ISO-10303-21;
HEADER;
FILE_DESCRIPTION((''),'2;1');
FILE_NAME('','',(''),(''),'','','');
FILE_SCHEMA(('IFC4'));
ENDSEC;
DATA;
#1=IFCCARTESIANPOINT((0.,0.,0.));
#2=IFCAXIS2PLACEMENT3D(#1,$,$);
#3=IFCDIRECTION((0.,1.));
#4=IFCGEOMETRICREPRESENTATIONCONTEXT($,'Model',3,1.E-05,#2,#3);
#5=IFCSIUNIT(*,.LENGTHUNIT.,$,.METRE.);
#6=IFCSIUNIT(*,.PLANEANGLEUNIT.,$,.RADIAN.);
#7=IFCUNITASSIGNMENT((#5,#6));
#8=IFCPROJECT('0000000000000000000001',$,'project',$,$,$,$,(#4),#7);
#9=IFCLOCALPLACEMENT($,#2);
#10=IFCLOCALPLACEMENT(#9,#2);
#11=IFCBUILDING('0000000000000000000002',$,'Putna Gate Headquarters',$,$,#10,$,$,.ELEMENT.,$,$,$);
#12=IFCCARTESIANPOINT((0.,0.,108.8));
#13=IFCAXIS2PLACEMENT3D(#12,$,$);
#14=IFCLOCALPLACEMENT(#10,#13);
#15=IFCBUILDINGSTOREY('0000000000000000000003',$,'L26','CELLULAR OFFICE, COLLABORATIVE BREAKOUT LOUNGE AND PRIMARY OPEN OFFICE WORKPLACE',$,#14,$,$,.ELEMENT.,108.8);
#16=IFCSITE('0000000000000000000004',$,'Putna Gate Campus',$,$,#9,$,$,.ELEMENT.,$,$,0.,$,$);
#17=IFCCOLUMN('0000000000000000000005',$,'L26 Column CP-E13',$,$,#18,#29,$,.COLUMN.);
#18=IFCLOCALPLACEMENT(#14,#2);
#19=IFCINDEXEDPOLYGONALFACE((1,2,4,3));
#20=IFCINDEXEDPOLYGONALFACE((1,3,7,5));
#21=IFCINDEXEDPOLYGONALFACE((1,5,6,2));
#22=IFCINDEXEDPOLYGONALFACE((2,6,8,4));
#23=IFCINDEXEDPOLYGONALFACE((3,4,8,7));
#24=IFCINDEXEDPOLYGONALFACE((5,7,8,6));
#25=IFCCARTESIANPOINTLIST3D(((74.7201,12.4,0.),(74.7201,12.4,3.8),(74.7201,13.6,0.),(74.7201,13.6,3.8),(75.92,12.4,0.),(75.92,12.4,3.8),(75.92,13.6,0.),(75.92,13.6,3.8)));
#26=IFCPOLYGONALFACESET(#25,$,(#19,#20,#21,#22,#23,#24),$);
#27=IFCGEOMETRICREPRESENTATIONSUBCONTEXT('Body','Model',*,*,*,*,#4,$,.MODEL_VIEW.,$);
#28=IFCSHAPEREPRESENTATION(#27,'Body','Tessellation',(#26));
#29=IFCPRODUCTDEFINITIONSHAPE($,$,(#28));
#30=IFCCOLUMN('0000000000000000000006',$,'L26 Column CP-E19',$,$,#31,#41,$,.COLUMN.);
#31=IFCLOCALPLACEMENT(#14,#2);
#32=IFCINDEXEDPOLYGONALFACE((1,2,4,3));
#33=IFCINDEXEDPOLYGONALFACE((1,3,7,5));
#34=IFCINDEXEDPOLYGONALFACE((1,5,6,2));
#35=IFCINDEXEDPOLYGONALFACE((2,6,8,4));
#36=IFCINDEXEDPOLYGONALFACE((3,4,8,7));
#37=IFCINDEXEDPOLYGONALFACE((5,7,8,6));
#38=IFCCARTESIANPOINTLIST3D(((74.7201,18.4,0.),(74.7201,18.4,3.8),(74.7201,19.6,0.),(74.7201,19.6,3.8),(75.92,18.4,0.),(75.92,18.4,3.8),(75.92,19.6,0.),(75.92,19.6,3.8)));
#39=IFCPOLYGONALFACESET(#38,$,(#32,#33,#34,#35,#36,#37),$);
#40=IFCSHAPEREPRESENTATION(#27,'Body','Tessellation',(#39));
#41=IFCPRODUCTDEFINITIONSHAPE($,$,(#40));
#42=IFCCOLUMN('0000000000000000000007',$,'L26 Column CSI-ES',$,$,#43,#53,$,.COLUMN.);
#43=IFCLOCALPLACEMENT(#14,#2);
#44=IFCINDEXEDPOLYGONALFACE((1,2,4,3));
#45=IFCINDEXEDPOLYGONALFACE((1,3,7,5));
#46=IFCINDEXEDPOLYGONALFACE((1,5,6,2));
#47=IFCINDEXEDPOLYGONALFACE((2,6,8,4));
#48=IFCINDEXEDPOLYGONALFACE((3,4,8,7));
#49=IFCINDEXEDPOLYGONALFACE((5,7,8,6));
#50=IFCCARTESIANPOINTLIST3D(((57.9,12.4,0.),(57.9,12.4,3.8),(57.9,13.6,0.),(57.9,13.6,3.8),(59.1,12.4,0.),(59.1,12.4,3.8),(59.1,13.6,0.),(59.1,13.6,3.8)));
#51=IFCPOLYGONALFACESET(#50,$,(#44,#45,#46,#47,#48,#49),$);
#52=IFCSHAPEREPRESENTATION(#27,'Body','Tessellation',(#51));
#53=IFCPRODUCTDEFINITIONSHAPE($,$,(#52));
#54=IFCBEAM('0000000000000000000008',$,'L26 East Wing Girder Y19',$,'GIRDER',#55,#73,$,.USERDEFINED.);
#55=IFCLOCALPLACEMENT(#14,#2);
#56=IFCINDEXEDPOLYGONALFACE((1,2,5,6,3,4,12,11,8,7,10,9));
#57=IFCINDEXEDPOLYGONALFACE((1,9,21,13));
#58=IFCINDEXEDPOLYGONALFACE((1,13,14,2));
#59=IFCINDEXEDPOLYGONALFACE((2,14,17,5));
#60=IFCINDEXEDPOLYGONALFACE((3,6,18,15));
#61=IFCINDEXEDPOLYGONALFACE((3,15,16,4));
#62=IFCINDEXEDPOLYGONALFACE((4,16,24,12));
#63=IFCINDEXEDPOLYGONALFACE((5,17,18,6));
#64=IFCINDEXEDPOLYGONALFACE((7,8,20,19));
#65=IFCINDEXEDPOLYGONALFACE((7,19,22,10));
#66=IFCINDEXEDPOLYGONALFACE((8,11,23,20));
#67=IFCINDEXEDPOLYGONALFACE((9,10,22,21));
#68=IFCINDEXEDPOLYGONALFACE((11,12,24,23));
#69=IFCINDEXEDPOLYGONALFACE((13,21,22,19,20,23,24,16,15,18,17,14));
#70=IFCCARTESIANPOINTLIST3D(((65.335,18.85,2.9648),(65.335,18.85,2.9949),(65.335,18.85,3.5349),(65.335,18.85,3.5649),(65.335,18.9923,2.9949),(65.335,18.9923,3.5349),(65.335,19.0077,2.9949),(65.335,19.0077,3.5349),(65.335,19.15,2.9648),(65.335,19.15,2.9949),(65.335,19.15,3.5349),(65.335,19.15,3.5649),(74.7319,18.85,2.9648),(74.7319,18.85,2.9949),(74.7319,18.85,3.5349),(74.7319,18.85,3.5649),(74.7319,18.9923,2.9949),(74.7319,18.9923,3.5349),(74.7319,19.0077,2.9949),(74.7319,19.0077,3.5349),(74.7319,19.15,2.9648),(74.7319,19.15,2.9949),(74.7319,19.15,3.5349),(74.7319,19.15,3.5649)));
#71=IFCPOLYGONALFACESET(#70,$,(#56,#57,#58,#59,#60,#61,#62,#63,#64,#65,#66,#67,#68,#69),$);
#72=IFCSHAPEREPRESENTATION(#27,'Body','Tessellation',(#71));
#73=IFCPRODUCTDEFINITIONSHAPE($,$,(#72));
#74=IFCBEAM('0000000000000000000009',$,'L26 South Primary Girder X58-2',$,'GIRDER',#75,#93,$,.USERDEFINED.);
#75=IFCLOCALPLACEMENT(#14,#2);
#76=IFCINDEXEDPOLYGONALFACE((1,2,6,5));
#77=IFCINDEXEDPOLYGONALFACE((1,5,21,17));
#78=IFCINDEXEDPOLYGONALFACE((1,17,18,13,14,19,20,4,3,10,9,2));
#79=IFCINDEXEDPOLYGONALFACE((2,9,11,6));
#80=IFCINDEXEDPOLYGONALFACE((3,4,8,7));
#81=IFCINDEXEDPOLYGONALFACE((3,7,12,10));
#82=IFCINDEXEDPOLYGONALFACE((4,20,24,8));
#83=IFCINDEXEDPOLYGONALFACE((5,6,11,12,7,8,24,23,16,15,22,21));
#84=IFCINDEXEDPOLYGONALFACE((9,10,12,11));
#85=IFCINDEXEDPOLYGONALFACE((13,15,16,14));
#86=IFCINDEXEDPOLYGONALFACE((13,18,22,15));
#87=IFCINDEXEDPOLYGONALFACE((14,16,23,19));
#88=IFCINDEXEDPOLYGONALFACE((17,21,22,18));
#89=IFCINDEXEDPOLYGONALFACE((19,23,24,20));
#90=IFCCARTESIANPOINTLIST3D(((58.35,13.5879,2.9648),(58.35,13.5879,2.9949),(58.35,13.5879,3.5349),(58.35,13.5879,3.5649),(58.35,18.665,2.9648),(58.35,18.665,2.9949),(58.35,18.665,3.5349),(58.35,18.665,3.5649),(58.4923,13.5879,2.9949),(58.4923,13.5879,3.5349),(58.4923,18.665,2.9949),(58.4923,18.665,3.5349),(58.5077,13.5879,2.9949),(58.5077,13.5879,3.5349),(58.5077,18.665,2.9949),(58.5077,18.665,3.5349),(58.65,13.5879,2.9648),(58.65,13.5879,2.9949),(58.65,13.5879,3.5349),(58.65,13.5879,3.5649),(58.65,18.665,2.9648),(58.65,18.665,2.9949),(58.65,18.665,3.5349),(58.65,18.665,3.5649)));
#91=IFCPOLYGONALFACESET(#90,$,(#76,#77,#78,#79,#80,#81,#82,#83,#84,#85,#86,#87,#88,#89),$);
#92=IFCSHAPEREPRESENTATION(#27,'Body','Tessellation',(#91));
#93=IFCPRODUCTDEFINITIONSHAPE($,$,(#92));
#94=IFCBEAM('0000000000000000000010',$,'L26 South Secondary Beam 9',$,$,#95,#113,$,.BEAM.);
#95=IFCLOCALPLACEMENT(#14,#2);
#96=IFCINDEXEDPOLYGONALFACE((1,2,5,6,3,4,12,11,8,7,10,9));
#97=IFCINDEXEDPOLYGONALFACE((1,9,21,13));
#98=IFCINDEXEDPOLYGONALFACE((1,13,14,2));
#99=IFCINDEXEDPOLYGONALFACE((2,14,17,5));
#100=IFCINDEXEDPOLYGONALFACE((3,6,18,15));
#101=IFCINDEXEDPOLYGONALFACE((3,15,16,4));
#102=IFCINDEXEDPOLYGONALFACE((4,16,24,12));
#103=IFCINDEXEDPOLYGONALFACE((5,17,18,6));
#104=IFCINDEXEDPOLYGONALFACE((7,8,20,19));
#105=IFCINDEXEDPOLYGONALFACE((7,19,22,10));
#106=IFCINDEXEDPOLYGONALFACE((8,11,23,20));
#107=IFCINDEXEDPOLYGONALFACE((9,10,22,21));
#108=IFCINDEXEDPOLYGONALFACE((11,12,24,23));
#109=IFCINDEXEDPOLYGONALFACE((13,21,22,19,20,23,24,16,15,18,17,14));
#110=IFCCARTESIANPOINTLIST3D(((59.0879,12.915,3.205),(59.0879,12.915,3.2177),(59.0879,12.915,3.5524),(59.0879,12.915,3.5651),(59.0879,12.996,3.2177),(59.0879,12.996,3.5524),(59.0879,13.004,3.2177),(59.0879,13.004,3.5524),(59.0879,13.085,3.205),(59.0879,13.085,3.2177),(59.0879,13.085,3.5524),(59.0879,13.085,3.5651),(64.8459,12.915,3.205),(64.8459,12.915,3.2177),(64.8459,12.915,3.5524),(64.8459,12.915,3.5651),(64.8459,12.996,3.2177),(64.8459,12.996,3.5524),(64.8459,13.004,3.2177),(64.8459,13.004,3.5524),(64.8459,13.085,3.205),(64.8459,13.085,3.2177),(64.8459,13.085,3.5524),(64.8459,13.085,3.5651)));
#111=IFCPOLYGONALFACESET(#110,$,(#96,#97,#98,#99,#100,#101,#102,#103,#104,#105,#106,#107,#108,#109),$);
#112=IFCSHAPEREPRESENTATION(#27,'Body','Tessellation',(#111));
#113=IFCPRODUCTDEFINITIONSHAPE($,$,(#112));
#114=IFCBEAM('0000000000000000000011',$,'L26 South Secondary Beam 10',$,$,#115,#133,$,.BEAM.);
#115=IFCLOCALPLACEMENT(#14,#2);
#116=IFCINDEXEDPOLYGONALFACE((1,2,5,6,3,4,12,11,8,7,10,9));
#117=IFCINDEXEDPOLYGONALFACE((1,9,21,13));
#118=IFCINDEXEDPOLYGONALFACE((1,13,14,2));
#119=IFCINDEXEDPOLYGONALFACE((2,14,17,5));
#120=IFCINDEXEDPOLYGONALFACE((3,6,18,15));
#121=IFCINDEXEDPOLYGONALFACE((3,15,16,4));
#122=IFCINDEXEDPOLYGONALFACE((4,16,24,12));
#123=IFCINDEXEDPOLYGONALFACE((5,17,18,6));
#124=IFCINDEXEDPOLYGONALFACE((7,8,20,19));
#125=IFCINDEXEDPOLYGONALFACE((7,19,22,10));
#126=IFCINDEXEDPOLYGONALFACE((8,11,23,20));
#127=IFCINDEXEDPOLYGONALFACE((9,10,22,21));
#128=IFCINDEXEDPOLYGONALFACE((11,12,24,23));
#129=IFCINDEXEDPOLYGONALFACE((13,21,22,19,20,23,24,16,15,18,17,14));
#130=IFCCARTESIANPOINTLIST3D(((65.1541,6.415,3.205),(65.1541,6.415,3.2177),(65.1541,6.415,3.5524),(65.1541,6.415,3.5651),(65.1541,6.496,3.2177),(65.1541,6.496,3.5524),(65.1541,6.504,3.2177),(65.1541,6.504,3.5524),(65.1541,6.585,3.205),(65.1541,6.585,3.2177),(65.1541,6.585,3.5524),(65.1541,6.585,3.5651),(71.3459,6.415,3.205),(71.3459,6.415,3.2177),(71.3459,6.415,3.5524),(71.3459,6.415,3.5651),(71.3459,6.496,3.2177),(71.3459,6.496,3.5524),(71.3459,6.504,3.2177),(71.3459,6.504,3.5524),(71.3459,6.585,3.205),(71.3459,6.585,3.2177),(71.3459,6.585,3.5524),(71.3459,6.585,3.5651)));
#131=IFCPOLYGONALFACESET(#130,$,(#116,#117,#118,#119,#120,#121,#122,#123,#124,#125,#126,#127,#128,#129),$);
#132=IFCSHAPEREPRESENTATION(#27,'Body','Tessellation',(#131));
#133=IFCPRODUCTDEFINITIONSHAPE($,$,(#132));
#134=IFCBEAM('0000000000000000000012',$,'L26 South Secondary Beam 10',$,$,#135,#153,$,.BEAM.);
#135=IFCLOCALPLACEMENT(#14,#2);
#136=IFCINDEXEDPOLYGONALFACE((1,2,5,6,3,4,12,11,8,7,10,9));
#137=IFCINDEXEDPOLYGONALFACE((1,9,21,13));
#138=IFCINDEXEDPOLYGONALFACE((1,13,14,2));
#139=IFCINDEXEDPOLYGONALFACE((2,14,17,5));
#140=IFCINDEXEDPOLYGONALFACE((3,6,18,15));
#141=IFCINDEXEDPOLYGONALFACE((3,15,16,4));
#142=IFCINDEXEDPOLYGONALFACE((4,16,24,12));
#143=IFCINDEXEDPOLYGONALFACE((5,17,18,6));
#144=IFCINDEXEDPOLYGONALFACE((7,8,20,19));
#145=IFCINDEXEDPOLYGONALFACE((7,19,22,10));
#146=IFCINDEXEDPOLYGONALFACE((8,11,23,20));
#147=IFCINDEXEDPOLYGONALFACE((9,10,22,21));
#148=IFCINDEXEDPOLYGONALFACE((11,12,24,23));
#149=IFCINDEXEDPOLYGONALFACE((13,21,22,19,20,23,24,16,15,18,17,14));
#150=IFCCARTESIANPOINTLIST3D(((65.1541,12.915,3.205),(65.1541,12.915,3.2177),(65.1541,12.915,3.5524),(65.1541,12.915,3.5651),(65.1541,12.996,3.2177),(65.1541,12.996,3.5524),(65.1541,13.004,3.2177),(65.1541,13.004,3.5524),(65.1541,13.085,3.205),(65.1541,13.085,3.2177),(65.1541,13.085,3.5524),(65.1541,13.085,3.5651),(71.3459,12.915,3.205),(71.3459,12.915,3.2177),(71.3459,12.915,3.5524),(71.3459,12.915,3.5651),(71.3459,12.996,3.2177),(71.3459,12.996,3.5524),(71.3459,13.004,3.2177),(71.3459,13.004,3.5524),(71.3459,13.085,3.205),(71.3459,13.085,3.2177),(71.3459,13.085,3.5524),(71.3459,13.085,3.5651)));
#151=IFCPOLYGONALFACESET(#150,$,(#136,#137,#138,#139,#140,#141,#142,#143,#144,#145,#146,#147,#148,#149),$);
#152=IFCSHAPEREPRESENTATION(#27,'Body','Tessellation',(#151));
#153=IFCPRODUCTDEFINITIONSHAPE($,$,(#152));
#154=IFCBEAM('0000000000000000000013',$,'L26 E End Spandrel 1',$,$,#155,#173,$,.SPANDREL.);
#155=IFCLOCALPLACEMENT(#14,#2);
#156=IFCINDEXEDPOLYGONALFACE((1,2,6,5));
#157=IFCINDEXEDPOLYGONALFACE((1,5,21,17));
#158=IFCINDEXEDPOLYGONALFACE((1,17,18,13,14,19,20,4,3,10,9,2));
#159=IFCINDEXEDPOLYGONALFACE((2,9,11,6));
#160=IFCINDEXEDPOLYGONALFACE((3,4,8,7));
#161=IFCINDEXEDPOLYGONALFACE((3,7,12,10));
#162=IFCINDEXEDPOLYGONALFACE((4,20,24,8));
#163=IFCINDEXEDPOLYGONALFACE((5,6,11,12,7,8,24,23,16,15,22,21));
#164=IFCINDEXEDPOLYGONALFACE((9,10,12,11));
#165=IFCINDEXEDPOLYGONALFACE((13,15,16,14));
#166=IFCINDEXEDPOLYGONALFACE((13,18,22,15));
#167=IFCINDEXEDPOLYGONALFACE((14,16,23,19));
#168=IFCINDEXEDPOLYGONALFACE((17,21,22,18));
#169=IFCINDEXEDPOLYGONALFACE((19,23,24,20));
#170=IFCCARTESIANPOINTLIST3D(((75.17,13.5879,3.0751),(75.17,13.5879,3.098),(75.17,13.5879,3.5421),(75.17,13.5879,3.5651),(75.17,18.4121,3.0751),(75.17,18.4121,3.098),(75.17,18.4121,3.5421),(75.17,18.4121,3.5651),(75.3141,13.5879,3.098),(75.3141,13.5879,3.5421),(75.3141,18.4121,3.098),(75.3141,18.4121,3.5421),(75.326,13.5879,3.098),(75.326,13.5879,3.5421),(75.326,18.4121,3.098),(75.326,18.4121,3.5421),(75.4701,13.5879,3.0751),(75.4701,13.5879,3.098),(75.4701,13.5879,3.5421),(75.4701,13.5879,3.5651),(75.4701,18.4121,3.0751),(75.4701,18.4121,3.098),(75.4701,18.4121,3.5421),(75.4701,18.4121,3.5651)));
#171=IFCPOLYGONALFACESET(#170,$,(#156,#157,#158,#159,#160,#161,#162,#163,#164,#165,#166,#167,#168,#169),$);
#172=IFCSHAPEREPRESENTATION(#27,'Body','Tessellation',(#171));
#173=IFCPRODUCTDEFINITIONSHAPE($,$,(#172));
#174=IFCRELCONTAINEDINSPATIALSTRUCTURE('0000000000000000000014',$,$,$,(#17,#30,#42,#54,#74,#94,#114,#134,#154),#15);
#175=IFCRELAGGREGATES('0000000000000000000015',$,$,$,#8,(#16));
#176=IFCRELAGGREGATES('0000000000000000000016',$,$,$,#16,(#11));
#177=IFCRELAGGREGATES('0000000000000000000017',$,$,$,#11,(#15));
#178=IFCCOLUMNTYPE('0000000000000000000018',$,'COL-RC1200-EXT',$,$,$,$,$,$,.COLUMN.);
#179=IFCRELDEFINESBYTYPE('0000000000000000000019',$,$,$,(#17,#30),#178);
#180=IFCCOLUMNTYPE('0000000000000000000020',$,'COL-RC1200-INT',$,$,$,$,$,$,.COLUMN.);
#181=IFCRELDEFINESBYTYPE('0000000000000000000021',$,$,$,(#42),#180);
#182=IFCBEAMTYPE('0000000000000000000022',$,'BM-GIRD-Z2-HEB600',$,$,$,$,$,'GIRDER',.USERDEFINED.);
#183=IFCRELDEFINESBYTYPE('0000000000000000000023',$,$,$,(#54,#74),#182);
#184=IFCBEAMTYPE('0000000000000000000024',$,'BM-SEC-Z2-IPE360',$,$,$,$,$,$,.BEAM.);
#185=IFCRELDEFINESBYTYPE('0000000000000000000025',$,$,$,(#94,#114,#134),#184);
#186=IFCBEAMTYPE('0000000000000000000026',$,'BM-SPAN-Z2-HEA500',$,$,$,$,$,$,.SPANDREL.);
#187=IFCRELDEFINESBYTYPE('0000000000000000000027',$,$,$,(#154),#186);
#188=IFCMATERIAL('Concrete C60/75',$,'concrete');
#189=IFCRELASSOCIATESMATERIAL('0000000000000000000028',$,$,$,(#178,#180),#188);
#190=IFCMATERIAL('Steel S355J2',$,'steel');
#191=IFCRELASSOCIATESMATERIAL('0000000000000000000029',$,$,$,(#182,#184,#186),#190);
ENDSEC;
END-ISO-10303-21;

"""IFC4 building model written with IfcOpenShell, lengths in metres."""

from ifc_helpers import new_model, si_unit, direction, frame, origin, origin_2d, place, context, subcontext, project, spatial, rectangle, i_section, extrude, material, material_profile, profile_set, type_object, element, save


model = new_model("IFC4")

# Units and contexts
model_context = context("Model", 3, precision=1e-05, world=origin(), true_north=direction((0.0, 1.0)))
body_context = subcontext(model_context, "Body", "Model", "MODEL_VIEW")
ifc_project = project(units=[si_unit("LENGTHUNIT", "METRE"), si_unit("PLANEANGLEUNIT", "RADIAN")], contexts=[model_context])

# Site, building, storey
site_placement = place(None, origin())
site = spatial("IfcSite", under=ifc_project, at=site_placement, Name="Putna Gate Campus", CompositionType="ELEMENT", RefElevation=0.0)
building_placement = place(site_placement, origin())
building = spatial("IfcBuilding", under=site, at=building_placement, Name="Putna Gate Headquarters", CompositionType="ELEMENT")
storey_placement = place(building_placement, frame((0.0, 0.0, 108.8)))
storey = spatial("IfcBuildingStorey", under=building, at=storey_placement, Name="L26", Description="CELLULAR OFFICE, COLLABORATIVE BREAKOUT LOUNGE AND PRIMARY OPEN OFFICE WORKPLACE", CompositionType="ELEMENT", Elevation=108.8)

# Columns
ifc_material_1 = material(Name="Concrete C60/75", Category="concrete")
ifc_material_profile_1 = material_profile(ifc_material_1, rectangle(XDim=1.2, YDim=1.2, at=origin_2d()), Name="Concrete C60/75")
ifc_profile_set_1 = profile_set([ifc_material_profile_1], Name="Concrete C60/75")
column_type_1 = type_object("IfcColumnType", Name="COL-RC1200-EXT", PredefinedType="COLUMN", material=ifc_profile_set_1)
for number, where, z_axis, x_axis, name in (
    (1, (75.3201, 13.0, 0.0), (0.0, 0.0, 1.0), (1.0, 0.0, 0.0), "L26 Column CP-E13"),
    (2, (75.3201, 19.0, 0.0), (0.0, 0.0, 1.0), (1.0, 0.0, 0.0), "L26 Column CP-E19"),
):
    element("IfcColumn", number, at=place(storey_placement, frame(where, z_axis=z_axis, x_axis=x_axis)), inside=storey, type_object=column_type_1, Name=name, PredefinedType="COLUMN", context=body_context, shape_type="SweptSolid", body=[
        extrude(rectangle(XDim=1.2, YDim=1.2, at=origin_2d()), origin(), (0.0, 0.0, 1.0), 3.8),
    ])
ifc_material_profile_2 = material_profile(ifc_material_1, rectangle(XDim=1.2, YDim=1.2, at=origin_2d()), Name="Concrete C60/75")
ifc_profile_set_2 = profile_set([ifc_material_profile_2], Name="Concrete C60/75")
column_type_2 = type_object("IfcColumnType", Name="COL-RC1200-INT", PredefinedType="COLUMN", material=ifc_profile_set_2)
column_placement = place(storey_placement, frame((58.5, 13.0, 0.0), z_axis=(0.0, 0.0, 1.0), x_axis=(1.0, 0.0, 0.0)))
element("IfcColumn", 3, at=column_placement, inside=storey, type_object=column_type_2, Name="L26 Column CSI-ES", PredefinedType="COLUMN", context=body_context, shape_type="SweptSolid", body=[
    extrude(rectangle(XDim=1.2, YDim=1.2, at=origin_2d()), origin(), (0.0, 0.0, 1.0), 3.8),
])

# Beams
ifc_material_2 = material(Name="Steel S355J2", Category="steel")
ifc_material_profile_3 = material_profile(ifc_material_2, i_section(OverallWidth=0.3, OverallDepth=0.6001, WebThickness=0.0154, FlangeThickness=0.03, at=origin_2d()), Name="Steel S355J2")
ifc_profile_set_3 = profile_set([ifc_material_profile_3], Name="Steel S355J2")
beam_type_1 = type_object("IfcBeamType", Name="BM-GIRD-Z2-HEB600", ElementType="GIRDER", PredefinedType="USERDEFINED", material=ifc_profile_set_3)
beam_1_placement = place(storey_placement, frame((65.335, 19.0, 3.2649), z_axis=(1.0, 0.0, 0.0), x_axis=(0.0, 1.0, 0.0)))
element("IfcBeam", 4, at=beam_1_placement, inside=storey, type_object=beam_type_1, Name="L26 East Wing Girder Y19", ObjectType="GIRDER", PredefinedType="USERDEFINED", context=body_context, shape_type="SweptSolid", body=[
    extrude(i_section(OverallWidth=0.3, OverallDepth=0.6001, WebThickness=0.0154, FlangeThickness=0.03, at=origin_2d()), origin(), (0.0, 0.0, 1.0), 9.397),
])
beam_2_placement = place(storey_placement, frame((58.5, 13.5879, 3.2649), z_axis=(0.0, 1.0, 0.0), x_axis=(-1.0, 0.0, 0.0)))
element("IfcBeam", 5, at=beam_2_placement, inside=storey, type_object=beam_type_1, Name="L26 South Primary Girder X58-2", ObjectType="GIRDER", PredefinedType="USERDEFINED", context=body_context, shape_type="SweptSolid", body=[
    extrude(i_section(OverallWidth=0.3, OverallDepth=0.6001, WebThickness=0.0154, FlangeThickness=0.03, at=origin_2d()), origin(), (0.0, 0.0, 1.0), 5.0771),
])
ifc_material_profile_4 = material_profile(ifc_material_2, i_section(OverallWidth=0.1699, OverallDepth=0.3601, WebThickness=0.0081, FlangeThickness=0.0127, at=origin_2d()), Name="Steel S355J2")
ifc_profile_set_4 = profile_set([ifc_material_profile_4], Name="Steel S355J2")
beam_type_2 = type_object("IfcBeamType", Name="BM-SEC-Z2-IPE360", PredefinedType="BEAM", material=ifc_profile_set_4)
beam_3_placement = place(storey_placement, frame((59.0879, 13.0, 3.385), z_axis=(1.0, 0.0, 0.0), x_axis=(0.0, 1.0, 0.0)))
element("IfcBeam", 6, at=beam_3_placement, inside=storey, type_object=beam_type_2, Name="L26 South Secondary Beam 9", PredefinedType="BEAM", context=body_context, shape_type="SweptSolid", body=[
    extrude(i_section(OverallWidth=0.1699, OverallDepth=0.3601, WebThickness=0.0081, FlangeThickness=0.0127, at=origin_2d()), origin(), (0.0, 0.0, 1.0), 5.7581),
])
for number, where, z_axis, x_axis, name in (
    (7, (65.1541, 6.5, 3.385), (1.0, 0.0, 0.0), (0.0, 1.0, 0.0), "L26 South Secondary Beam 10"),
    (8, (65.1541, 13.0, 3.385), (1.0, 0.0, 0.0), (0.0, 1.0, 0.0), "L26 South Secondary Beam 10"),
):
    element("IfcBeam", number, at=place(storey_placement, frame(where, z_axis=z_axis, x_axis=x_axis)), inside=storey, type_object=beam_type_2, Name=name, PredefinedType="BEAM", context=body_context, shape_type="SweptSolid", body=[
        extrude(i_section(OverallWidth=0.1699, OverallDepth=0.3601, WebThickness=0.0081, FlangeThickness=0.0127, at=origin_2d()), origin(), (0.0, 0.0, 1.0), 6.1919),
    ])
ifc_material_profile_5 = material_profile(ifc_material_2, i_section(OverallWidth=0.3, OverallDepth=0.49, WebThickness=0.012, FlangeThickness=0.0229, at=origin_2d()), Name="Steel S355J2")
ifc_profile_set_5 = profile_set([ifc_material_profile_5], Name="Steel S355J2")
beam_type_3 = type_object("IfcBeamType", Name="BM-SPAN-Z2-HEA500", PredefinedType="SPANDREL", material=ifc_profile_set_5)
beam_4_placement = place(storey_placement, frame((75.3201, 13.5879, 3.3201), z_axis=(0.0, 1.0, 0.0), x_axis=(-1.0, 0.0, 0.0)))
element("IfcBeam", 9, at=beam_4_placement, inside=storey, type_object=beam_type_3, Name="L26 E End Spandrel 1", PredefinedType="SPANDREL", context=body_context, shape_type="SweptSolid", body=[
    extrude(i_section(OverallWidth=0.3, OverallDepth=0.49, WebThickness=0.012, FlangeThickness=0.0229, at=origin_2d()), origin(), (0.0, 0.0, 1.0), 4.8242),
])

save(model, "model.ifc")
